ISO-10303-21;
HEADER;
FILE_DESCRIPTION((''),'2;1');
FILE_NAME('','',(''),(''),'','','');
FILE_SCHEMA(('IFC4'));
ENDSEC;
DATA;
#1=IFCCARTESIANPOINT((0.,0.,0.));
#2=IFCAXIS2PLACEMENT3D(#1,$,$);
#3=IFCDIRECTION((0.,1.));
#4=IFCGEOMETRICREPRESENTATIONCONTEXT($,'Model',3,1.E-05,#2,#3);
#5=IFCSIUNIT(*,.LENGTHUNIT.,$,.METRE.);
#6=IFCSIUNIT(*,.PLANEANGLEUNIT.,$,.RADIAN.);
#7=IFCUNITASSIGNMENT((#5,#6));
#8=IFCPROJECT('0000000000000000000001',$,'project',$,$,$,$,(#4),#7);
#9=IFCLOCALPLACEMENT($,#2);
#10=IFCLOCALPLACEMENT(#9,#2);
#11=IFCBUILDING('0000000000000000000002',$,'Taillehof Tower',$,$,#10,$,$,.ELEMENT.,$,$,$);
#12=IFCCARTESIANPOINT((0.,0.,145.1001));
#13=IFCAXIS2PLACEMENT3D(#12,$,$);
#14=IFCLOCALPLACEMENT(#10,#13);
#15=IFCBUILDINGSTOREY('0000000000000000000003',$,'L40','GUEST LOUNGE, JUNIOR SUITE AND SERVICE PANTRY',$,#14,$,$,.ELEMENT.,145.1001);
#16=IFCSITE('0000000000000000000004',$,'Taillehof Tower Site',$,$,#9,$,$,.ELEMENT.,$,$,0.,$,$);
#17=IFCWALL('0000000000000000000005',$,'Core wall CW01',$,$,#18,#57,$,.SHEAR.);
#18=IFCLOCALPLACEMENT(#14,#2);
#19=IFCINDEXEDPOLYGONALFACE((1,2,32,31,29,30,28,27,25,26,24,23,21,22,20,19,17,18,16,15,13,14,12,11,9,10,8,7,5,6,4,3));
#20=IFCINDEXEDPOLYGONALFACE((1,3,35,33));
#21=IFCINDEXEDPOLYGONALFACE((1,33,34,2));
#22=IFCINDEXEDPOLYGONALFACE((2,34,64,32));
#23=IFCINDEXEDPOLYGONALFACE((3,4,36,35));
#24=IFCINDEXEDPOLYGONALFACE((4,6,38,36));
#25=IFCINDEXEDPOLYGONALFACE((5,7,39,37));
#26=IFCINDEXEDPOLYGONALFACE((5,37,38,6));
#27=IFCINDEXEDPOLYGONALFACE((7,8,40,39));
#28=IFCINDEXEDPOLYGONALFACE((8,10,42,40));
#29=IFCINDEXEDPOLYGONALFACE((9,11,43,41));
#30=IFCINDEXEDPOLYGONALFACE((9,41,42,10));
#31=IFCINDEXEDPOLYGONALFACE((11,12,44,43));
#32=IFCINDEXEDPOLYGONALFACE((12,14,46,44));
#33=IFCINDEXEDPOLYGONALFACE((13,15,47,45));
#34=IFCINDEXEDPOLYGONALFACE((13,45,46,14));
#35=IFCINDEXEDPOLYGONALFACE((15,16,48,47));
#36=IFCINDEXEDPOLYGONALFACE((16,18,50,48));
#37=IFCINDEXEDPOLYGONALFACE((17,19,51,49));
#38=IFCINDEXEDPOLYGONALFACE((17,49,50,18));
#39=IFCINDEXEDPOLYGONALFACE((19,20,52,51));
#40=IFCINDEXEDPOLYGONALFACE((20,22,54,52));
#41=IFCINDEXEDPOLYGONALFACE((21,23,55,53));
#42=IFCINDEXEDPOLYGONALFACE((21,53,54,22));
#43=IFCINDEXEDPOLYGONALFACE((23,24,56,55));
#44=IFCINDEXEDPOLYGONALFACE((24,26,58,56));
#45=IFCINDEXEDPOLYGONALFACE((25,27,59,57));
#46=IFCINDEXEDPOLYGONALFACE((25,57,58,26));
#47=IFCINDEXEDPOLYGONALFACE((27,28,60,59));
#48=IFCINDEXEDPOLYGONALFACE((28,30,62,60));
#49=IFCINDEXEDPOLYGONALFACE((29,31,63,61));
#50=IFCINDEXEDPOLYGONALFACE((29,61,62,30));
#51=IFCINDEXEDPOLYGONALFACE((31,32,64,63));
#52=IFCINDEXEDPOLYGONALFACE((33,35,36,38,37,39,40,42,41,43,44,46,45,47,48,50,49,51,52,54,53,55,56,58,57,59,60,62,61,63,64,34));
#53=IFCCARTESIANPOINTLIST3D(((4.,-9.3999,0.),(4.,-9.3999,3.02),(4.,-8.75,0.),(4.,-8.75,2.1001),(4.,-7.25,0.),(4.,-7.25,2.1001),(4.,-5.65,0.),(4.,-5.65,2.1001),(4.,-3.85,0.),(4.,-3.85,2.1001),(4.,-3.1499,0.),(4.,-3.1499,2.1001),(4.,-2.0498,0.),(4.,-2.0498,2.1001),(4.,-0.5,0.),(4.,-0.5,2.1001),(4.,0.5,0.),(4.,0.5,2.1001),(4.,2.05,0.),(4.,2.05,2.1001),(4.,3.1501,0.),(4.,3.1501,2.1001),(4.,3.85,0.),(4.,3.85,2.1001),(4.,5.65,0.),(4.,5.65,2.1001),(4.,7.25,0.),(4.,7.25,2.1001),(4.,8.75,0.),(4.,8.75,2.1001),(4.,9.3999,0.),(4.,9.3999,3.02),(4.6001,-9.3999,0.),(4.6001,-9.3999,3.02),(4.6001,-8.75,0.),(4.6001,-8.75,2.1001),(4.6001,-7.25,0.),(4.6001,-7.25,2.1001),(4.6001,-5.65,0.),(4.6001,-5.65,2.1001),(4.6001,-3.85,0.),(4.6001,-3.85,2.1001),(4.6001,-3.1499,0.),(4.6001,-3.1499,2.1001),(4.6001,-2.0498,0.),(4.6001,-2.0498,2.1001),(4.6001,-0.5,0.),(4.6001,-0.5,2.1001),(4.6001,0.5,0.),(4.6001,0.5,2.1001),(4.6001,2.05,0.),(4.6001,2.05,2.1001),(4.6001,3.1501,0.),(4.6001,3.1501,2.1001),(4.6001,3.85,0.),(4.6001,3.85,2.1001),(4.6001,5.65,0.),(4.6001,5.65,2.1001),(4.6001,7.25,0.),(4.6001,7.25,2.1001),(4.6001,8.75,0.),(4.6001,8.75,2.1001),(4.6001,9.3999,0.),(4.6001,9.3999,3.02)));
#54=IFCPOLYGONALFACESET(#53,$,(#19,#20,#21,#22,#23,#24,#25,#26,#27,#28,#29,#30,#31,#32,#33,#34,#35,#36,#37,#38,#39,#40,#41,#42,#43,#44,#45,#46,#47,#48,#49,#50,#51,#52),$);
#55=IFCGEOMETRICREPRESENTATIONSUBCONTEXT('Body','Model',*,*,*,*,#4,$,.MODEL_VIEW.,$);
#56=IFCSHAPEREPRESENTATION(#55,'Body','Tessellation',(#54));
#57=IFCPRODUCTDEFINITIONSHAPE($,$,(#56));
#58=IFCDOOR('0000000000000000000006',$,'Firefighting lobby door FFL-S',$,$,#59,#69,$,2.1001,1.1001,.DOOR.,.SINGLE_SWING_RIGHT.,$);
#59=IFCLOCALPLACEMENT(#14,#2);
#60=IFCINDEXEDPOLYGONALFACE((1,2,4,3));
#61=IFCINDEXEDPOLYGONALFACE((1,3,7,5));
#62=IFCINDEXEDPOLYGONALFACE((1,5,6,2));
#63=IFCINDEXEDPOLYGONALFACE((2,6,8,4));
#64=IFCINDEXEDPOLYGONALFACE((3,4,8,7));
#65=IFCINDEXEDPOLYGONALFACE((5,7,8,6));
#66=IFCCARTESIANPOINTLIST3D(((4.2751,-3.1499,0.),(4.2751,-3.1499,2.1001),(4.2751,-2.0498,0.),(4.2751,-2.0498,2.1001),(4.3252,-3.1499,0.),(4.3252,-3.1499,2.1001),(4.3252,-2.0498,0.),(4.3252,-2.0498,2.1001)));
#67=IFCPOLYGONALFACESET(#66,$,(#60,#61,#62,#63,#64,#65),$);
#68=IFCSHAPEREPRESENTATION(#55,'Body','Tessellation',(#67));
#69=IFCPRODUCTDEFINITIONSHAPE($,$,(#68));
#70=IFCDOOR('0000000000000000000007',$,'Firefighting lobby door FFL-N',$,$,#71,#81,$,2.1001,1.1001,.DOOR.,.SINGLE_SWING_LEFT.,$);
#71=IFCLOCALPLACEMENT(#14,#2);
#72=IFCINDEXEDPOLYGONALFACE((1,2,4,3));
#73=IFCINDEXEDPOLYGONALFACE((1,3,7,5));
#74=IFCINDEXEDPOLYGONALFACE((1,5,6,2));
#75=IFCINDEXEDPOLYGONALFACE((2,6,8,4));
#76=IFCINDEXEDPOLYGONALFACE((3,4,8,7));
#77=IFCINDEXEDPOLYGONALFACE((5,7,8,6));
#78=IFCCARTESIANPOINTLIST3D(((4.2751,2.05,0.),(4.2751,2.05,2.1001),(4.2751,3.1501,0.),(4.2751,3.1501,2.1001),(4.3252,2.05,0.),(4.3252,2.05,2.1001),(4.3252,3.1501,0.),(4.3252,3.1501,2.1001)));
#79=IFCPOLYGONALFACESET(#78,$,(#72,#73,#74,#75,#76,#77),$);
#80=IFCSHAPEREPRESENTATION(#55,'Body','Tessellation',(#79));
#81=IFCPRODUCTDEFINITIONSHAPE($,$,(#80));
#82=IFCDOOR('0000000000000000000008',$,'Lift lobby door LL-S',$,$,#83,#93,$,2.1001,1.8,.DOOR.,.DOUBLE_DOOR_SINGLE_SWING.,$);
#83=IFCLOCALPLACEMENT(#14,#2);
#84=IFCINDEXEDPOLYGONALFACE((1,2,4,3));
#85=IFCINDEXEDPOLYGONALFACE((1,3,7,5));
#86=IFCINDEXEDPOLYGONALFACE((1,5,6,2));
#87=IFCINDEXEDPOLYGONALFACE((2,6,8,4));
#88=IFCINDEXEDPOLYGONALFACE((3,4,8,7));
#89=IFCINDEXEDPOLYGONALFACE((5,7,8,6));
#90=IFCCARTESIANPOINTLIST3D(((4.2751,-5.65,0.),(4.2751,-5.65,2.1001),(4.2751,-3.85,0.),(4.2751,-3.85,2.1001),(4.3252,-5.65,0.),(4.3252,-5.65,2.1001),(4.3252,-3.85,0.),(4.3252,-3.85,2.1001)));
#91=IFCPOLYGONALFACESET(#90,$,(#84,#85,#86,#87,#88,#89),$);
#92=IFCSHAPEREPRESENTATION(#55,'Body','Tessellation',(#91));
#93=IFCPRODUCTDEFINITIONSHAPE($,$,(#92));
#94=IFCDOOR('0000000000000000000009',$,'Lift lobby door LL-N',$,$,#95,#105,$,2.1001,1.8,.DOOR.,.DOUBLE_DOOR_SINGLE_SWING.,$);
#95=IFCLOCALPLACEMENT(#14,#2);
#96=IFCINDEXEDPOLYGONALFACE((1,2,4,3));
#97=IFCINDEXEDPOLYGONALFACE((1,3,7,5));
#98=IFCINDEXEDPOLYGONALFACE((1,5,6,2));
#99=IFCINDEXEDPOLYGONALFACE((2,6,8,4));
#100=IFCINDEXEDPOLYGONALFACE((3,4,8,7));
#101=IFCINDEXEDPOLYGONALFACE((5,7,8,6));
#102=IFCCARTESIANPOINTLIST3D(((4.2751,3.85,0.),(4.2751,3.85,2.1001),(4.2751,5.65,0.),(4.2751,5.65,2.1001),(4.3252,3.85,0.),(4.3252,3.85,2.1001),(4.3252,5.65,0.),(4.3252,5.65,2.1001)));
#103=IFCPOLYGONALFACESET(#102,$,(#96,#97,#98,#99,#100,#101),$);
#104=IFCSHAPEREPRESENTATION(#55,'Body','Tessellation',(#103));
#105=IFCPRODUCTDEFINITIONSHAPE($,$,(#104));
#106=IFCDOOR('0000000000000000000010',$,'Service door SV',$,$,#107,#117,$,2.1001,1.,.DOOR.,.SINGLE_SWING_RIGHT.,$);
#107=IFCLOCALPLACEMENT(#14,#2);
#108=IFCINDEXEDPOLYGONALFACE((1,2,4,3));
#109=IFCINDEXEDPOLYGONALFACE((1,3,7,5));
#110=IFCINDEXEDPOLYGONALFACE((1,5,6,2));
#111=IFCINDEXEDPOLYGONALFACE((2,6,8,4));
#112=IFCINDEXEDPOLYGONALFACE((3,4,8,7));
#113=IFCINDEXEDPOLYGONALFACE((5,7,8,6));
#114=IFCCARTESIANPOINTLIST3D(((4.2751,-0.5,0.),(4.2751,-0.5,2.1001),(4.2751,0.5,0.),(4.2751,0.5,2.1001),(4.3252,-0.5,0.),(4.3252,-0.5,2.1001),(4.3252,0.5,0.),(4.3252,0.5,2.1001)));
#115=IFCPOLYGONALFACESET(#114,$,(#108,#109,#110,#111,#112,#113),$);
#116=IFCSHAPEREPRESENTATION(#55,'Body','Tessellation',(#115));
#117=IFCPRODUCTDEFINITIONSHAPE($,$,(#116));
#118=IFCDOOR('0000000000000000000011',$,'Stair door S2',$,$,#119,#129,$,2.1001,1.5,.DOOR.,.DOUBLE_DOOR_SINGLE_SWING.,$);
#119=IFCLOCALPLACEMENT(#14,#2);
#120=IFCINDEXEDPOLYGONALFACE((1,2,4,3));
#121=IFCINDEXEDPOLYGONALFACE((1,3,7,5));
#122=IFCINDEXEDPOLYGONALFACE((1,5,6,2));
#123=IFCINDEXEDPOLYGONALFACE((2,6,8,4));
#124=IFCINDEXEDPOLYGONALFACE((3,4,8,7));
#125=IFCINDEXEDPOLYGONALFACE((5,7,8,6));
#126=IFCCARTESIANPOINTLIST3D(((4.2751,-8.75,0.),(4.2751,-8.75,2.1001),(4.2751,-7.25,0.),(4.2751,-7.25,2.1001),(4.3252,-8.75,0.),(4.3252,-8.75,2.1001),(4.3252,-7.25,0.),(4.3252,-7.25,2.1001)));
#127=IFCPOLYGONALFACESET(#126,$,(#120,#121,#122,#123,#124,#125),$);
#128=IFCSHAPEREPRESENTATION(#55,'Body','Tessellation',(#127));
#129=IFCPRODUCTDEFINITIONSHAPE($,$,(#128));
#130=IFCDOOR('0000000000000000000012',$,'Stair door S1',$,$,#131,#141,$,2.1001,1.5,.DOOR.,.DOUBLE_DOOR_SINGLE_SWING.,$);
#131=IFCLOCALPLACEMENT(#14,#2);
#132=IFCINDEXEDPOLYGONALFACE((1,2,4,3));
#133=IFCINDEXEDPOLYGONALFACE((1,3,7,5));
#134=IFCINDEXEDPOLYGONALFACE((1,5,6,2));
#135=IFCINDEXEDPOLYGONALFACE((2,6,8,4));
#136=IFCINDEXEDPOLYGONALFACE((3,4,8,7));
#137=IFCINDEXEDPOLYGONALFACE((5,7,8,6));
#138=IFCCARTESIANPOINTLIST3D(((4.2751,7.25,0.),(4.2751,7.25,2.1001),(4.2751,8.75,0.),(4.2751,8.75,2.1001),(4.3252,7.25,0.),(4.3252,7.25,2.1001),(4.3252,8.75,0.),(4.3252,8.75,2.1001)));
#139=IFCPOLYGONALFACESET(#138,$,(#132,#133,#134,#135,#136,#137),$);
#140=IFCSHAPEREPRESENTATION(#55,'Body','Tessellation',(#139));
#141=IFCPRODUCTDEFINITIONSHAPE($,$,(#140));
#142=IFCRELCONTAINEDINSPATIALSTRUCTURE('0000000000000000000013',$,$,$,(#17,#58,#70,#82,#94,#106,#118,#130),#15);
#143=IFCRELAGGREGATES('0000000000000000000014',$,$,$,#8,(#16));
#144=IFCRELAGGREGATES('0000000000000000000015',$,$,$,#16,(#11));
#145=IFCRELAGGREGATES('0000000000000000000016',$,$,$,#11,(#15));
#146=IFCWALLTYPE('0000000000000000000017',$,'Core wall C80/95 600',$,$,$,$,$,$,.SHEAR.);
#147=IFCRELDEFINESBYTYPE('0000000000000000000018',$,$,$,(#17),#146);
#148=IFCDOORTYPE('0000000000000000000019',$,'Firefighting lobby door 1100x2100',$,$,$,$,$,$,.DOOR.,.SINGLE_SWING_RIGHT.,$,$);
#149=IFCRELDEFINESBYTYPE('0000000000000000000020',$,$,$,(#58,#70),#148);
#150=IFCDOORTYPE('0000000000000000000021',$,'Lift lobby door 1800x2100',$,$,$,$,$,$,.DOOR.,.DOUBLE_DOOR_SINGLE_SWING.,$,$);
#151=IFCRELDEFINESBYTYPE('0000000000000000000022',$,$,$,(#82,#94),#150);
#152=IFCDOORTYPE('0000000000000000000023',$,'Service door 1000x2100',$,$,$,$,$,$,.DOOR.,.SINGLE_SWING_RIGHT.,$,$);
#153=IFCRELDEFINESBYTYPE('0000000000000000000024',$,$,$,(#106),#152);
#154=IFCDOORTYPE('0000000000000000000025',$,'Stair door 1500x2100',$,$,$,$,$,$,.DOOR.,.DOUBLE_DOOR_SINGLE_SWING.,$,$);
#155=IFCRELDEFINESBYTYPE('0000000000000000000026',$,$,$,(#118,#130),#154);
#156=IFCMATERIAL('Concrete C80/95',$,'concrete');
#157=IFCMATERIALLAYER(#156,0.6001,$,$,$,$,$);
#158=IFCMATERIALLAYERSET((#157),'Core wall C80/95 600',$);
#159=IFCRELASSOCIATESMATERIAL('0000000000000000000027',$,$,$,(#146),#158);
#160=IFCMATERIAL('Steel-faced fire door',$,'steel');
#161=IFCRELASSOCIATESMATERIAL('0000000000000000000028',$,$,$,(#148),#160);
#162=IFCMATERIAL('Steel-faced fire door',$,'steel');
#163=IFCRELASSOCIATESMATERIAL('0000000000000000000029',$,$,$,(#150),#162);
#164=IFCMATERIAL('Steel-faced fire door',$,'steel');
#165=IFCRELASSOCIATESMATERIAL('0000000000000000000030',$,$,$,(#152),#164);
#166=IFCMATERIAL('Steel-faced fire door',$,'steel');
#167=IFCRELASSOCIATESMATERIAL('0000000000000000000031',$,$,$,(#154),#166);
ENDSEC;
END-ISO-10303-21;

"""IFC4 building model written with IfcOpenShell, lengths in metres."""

from ifc_helpers import new_model, si_unit, direction, frame, frame_2d, origin, place, context, subcontext, project, spatial, rectangle, extrude, material, layer, layer_set, type_object, element, fill, save


model = new_model("IFC4")

# Units and contexts
model_context = context("Model", 3, precision=1e-05, world=origin(), true_north=direction((0.0, 1.0)))
body_context = subcontext(model_context, "Body", "Model", "MODEL_VIEW")
ifc_project = project(units=[si_unit("LENGTHUNIT", "METRE"), si_unit("PLANEANGLEUNIT", "RADIAN")], contexts=[model_context])

# Site, building, storey
site_placement = place(None, origin())
site = spatial("IfcSite", under=ifc_project, at=site_placement, Name="Taillehof Tower Site", CompositionType="ELEMENT", RefElevation=0.0)
building_placement = place(site_placement, origin())
building = spatial("IfcBuilding", under=site, at=building_placement, Name="Taillehof Tower", CompositionType="ELEMENT")
storey_placement = place(building_placement, frame((0.0, 0.0, 145.1001)))
storey = spatial("IfcBuildingStorey", under=building, at=storey_placement, Name="L40", Description="GUEST LOUNGE, JUNIOR SUITE AND SERVICE PANTRY", CompositionType="ELEMENT", Elevation=145.1001)

# Wall, openings, doors
ifc_material_1 = material(Name="Concrete C80/95", Category="concrete")
ifc_layer_1 = layer(ifc_material_1, 0.6001)
ifc_layer_set_1 = layer_set([ifc_layer_1], Name="Core wall C80/95 600")
wall_type_1 = type_object("IfcWallType", Name="Core wall C80/95 600", PredefinedType="SHEAR", material=ifc_layer_set_1)
wall_1_placement = place(storey_placement, frame((4.3, -9.3999, 0.0), z_axis=(0.0, 0.0, 1.0), x_axis=(0.0, 1.0, 0.0)))
wall_1 = element("IfcWall", 1, at=wall_1_placement, inside=storey, type_object=wall_type_1, Name="Core wall CW01", PredefinedType="SHEAR", context=body_context, shape_type="SweptSolid", body=[
    extrude(rectangle(XDim=18.7998, YDim=0.6001, at=frame_2d((9.3999, 0.0))), origin(), (0.0, 0.0, 1.0), 3.02),
])
opening_1_placement = place(wall_1_placement, frame((0.6499, 0.0, 0.0)))
opening_1 = element("IfcOpeningElement", 2, at=opening_1_placement, cuts=wall_1, PredefinedType="OPENING", context=body_context, shape_type="SweptSolid", body=[
    extrude(rectangle(XDim=1.5, YDim=2.1001, at=frame_2d((0.75, 1.05))), frame((0.0, 0.3101, 0.0), z_axis=(0.0, -1.0, 0.0), x_axis=(1.0, 0.0, 0.0)), (0.0, 0.0, 1.0), 0.6201),
])
opening_2_placement = place(wall_1_placement, frame((3.75, 0.0, 0.0)))
opening_2 = element("IfcOpeningElement", 3, at=opening_2_placement, cuts=wall_1, PredefinedType="OPENING", context=body_context, shape_type="SweptSolid", body=[
    extrude(rectangle(XDim=1.8, YDim=2.1001, at=frame_2d((0.8999, 1.05))), frame((0.0, 0.3101, 0.0), z_axis=(0.0, -1.0, 0.0), x_axis=(1.0, 0.0, 0.0)), (0.0, 0.0, 1.0), 0.6201),
])
opening_3_placement = place(wall_1_placement, frame((6.25, 0.0, 0.0)))
opening_3 = element("IfcOpeningElement", 4, at=opening_3_placement, cuts=wall_1, PredefinedType="OPENING", context=body_context, shape_type="SweptSolid", body=[
    extrude(rectangle(XDim=1.1001, YDim=2.1001, at=frame_2d((0.55, 1.05))), frame((0.0, 0.3101, 0.0), z_axis=(0.0, -1.0, 0.0), x_axis=(1.0, 0.0, 0.0)), (0.0, 0.0, 1.0), 0.6201),
])
opening_4_placement = place(wall_1_placement, frame((8.8999, 0.0, 0.0)))
opening_4 = element("IfcOpeningElement", 5, at=opening_4_placement, cuts=wall_1, PredefinedType="OPENING", context=body_context, shape_type="SweptSolid", body=[
    extrude(rectangle(XDim=1.0, YDim=2.1001, at=frame_2d((0.5, 1.05))), frame((0.0, 0.3101, 0.0), z_axis=(0.0, -1.0, 0.0), x_axis=(1.0, 0.0, 0.0)), (0.0, 0.0, 1.0), 0.6201),
])
opening_5_placement = place(wall_1_placement, frame((11.45, 0.0, 0.0)))
opening_5 = element("IfcOpeningElement", 6, at=opening_5_placement, cuts=wall_1, PredefinedType="OPENING", context=body_context, shape_type="SweptSolid", body=[
    extrude(rectangle(XDim=1.1001, YDim=2.1001, at=frame_2d((0.55, 1.05))), frame((0.0, 0.3101, 0.0), z_axis=(0.0, -1.0, 0.0), x_axis=(1.0, 0.0, 0.0)), (0.0, 0.0, 1.0), 0.6201),
])
opening_6_placement = place(wall_1_placement, frame((13.25, 0.0, 0.0)))
opening_6 = element("IfcOpeningElement", 7, at=opening_6_placement, cuts=wall_1, PredefinedType="OPENING", context=body_context, shape_type="SweptSolid", body=[
    extrude(rectangle(XDim=1.8, YDim=2.1001, at=frame_2d((0.8999, 1.05))), frame((0.0, 0.3101, 0.0), z_axis=(0.0, -1.0, 0.0), x_axis=(1.0, 0.0, 0.0)), (0.0, 0.0, 1.0), 0.6201),
])
opening_7_placement = place(wall_1_placement, frame((16.6499, 0.0, 0.0)))
opening_7 = element("IfcOpeningElement", 8, at=opening_7_placement, cuts=wall_1, PredefinedType="OPENING", context=body_context, shape_type="SweptSolid", body=[
    extrude(rectangle(XDim=1.5, YDim=2.1001, at=frame_2d((0.75, 1.05))), frame((0.0, 0.3101, 0.0), z_axis=(0.0, -1.0, 0.0), x_axis=(1.0, 0.0, 0.0)), (0.0, 0.0, 1.0), 0.6201),
])
ifc_material_2 = material(Name="Steel-faced fire door", Category="steel")
door_type_1 = type_object("IfcDoorType", Name="Firefighting lobby door 1100x2100", OperationType="SINGLE_SWING_RIGHT", PredefinedType="DOOR", material=ifc_material_2)
door_1_placement = place(opening_3_placement, origin())
door_1 = element("IfcDoor", 9, at=door_1_placement, inside=storey, type_object=door_type_1, Name="Firefighting lobby door FFL-S", OperationType="SINGLE_SWING_RIGHT", OverallHeight=2.1001, OverallWidth=1.1001, PredefinedType="DOOR", context=body_context, shape_type="SweptSolid", body=[
    extrude(rectangle(XDim=1.1001, YDim=2.1001, at=frame_2d((0.55, 1.05))), frame((0.0, 0.0249, 0.0), z_axis=(0.0, -1.0, 0.0), x_axis=(1.0, 0.0, 0.0)), (0.0, 0.0, 1.0), 0.05),
])
fill(opening_3, door_1)
door_2_placement = place(opening_5_placement, origin())
door_2 = element("IfcDoor", 10, at=door_2_placement, inside=storey, type_object=door_type_1, Name="Firefighting lobby door FFL-N", OperationType="SINGLE_SWING_LEFT", OverallHeight=2.1001, OverallWidth=1.1001, PredefinedType="DOOR", context=body_context, shape_type="SweptSolid", body=[
    extrude(rectangle(XDim=1.1001, YDim=2.1001, at=frame_2d((0.55, 1.05))), frame((0.0, 0.0249, 0.0), z_axis=(0.0, -1.0, 0.0), x_axis=(1.0, 0.0, 0.0)), (0.0, 0.0, 1.0), 0.05),
])
fill(opening_5, door_2)
ifc_material_3 = material(Name="Steel-faced fire door", Category="steel")
door_type_2 = type_object("IfcDoorType", Name="Lift lobby door 1800x2100", OperationType="DOUBLE_DOOR_SINGLE_SWING", PredefinedType="DOOR", material=ifc_material_3)
door_3_placement = place(opening_2_placement, origin())
door_3 = element("IfcDoor", 11, at=door_3_placement, inside=storey, type_object=door_type_2, Name="Lift lobby door LL-S", OperationType="DOUBLE_DOOR_SINGLE_SWING", OverallHeight=2.1001, OverallWidth=1.8, PredefinedType="DOOR", context=body_context, shape_type="SweptSolid", body=[
    extrude(rectangle(XDim=1.8, YDim=2.1001, at=frame_2d((0.8999, 1.05))), frame((0.0, 0.0249, 0.0), z_axis=(0.0, -1.0, 0.0), x_axis=(1.0, 0.0, 0.0)), (0.0, 0.0, 1.0), 0.05),
])
fill(opening_2, door_3)
door_4_placement = place(opening_6_placement, origin())
door_4 = element("IfcDoor", 12, at=door_4_placement, inside=storey, type_object=door_type_2, Name="Lift lobby door LL-N", OperationType="DOUBLE_DOOR_SINGLE_SWING", OverallHeight=2.1001, OverallWidth=1.8, PredefinedType="DOOR", context=body_context, shape_type="SweptSolid", body=[
    extrude(rectangle(XDim=1.8, YDim=2.1001, at=frame_2d((0.8999, 1.05))), frame((0.0, 0.0249, 0.0), z_axis=(0.0, -1.0, 0.0), x_axis=(1.0, 0.0, 0.0)), (0.0, 0.0, 1.0), 0.05),
])
fill(opening_6, door_4)
ifc_material_4 = material(Name="Steel-faced fire door", Category="steel")
door_type_3 = type_object("IfcDoorType", Name="Service door 1000x2100", OperationType="SINGLE_SWING_RIGHT", PredefinedType="DOOR", material=ifc_material_4)
door_5_placement = place(opening_4_placement, origin())
door_5 = element("IfcDoor", 13, at=door_5_placement, inside=storey, type_object=door_type_3, Name="Service door SV", OperationType="SINGLE_SWING_RIGHT", OverallHeight=2.1001, OverallWidth=1.0, PredefinedType="DOOR", context=body_context, shape_type="SweptSolid", body=[
    extrude(rectangle(XDim=1.0, YDim=2.1001, at=frame_2d((0.5, 1.05))), frame((0.0, 0.0249, 0.0), z_axis=(0.0, -1.0, 0.0), x_axis=(1.0, 0.0, 0.0)), (0.0, 0.0, 1.0), 0.05),
])
fill(opening_4, door_5)
ifc_material_5 = material(Name="Steel-faced fire door", Category="steel")
door_type_4 = type_object("IfcDoorType", Name="Stair door 1500x2100", OperationType="DOUBLE_DOOR_SINGLE_SWING", PredefinedType="DOOR", material=ifc_material_5)
door_6_placement = place(opening_1_placement, origin())
door_6 = element("IfcDoor", 14, at=door_6_placement, inside=storey, type_object=door_type_4, Name="Stair door S2", OperationType="DOUBLE_DOOR_SINGLE_SWING", OverallHeight=2.1001, OverallWidth=1.5, PredefinedType="DOOR", context=body_context, shape_type="SweptSolid", body=[
    extrude(rectangle(XDim=1.5, YDim=2.1001, at=frame_2d((0.75, 1.05))), frame((0.0, 0.0249, 0.0), z_axis=(0.0, -1.0, 0.0), x_axis=(1.0, 0.0, 0.0)), (0.0, 0.0, 1.0), 0.05),
])
fill(opening_1, door_6)
door_7_placement = place(opening_7_placement, origin())
door_7 = element("IfcDoor", 15, at=door_7_placement, inside=storey, type_object=door_type_4, Name="Stair door S1", OperationType="DOUBLE_DOOR_SINGLE_SWING", OverallHeight=2.1001, OverallWidth=1.5, PredefinedType="DOOR", context=body_context, shape_type="SweptSolid", body=[
    extrude(rectangle(XDim=1.5, YDim=2.1001, at=frame_2d((0.75, 1.05))), frame((0.0, 0.0249, 0.0), z_axis=(0.0, -1.0, 0.0), x_axis=(1.0, 0.0, 0.0)), (0.0, 0.0, 1.0), 0.05),
])
fill(opening_7, door_7)

save(model, "model.ifc")
